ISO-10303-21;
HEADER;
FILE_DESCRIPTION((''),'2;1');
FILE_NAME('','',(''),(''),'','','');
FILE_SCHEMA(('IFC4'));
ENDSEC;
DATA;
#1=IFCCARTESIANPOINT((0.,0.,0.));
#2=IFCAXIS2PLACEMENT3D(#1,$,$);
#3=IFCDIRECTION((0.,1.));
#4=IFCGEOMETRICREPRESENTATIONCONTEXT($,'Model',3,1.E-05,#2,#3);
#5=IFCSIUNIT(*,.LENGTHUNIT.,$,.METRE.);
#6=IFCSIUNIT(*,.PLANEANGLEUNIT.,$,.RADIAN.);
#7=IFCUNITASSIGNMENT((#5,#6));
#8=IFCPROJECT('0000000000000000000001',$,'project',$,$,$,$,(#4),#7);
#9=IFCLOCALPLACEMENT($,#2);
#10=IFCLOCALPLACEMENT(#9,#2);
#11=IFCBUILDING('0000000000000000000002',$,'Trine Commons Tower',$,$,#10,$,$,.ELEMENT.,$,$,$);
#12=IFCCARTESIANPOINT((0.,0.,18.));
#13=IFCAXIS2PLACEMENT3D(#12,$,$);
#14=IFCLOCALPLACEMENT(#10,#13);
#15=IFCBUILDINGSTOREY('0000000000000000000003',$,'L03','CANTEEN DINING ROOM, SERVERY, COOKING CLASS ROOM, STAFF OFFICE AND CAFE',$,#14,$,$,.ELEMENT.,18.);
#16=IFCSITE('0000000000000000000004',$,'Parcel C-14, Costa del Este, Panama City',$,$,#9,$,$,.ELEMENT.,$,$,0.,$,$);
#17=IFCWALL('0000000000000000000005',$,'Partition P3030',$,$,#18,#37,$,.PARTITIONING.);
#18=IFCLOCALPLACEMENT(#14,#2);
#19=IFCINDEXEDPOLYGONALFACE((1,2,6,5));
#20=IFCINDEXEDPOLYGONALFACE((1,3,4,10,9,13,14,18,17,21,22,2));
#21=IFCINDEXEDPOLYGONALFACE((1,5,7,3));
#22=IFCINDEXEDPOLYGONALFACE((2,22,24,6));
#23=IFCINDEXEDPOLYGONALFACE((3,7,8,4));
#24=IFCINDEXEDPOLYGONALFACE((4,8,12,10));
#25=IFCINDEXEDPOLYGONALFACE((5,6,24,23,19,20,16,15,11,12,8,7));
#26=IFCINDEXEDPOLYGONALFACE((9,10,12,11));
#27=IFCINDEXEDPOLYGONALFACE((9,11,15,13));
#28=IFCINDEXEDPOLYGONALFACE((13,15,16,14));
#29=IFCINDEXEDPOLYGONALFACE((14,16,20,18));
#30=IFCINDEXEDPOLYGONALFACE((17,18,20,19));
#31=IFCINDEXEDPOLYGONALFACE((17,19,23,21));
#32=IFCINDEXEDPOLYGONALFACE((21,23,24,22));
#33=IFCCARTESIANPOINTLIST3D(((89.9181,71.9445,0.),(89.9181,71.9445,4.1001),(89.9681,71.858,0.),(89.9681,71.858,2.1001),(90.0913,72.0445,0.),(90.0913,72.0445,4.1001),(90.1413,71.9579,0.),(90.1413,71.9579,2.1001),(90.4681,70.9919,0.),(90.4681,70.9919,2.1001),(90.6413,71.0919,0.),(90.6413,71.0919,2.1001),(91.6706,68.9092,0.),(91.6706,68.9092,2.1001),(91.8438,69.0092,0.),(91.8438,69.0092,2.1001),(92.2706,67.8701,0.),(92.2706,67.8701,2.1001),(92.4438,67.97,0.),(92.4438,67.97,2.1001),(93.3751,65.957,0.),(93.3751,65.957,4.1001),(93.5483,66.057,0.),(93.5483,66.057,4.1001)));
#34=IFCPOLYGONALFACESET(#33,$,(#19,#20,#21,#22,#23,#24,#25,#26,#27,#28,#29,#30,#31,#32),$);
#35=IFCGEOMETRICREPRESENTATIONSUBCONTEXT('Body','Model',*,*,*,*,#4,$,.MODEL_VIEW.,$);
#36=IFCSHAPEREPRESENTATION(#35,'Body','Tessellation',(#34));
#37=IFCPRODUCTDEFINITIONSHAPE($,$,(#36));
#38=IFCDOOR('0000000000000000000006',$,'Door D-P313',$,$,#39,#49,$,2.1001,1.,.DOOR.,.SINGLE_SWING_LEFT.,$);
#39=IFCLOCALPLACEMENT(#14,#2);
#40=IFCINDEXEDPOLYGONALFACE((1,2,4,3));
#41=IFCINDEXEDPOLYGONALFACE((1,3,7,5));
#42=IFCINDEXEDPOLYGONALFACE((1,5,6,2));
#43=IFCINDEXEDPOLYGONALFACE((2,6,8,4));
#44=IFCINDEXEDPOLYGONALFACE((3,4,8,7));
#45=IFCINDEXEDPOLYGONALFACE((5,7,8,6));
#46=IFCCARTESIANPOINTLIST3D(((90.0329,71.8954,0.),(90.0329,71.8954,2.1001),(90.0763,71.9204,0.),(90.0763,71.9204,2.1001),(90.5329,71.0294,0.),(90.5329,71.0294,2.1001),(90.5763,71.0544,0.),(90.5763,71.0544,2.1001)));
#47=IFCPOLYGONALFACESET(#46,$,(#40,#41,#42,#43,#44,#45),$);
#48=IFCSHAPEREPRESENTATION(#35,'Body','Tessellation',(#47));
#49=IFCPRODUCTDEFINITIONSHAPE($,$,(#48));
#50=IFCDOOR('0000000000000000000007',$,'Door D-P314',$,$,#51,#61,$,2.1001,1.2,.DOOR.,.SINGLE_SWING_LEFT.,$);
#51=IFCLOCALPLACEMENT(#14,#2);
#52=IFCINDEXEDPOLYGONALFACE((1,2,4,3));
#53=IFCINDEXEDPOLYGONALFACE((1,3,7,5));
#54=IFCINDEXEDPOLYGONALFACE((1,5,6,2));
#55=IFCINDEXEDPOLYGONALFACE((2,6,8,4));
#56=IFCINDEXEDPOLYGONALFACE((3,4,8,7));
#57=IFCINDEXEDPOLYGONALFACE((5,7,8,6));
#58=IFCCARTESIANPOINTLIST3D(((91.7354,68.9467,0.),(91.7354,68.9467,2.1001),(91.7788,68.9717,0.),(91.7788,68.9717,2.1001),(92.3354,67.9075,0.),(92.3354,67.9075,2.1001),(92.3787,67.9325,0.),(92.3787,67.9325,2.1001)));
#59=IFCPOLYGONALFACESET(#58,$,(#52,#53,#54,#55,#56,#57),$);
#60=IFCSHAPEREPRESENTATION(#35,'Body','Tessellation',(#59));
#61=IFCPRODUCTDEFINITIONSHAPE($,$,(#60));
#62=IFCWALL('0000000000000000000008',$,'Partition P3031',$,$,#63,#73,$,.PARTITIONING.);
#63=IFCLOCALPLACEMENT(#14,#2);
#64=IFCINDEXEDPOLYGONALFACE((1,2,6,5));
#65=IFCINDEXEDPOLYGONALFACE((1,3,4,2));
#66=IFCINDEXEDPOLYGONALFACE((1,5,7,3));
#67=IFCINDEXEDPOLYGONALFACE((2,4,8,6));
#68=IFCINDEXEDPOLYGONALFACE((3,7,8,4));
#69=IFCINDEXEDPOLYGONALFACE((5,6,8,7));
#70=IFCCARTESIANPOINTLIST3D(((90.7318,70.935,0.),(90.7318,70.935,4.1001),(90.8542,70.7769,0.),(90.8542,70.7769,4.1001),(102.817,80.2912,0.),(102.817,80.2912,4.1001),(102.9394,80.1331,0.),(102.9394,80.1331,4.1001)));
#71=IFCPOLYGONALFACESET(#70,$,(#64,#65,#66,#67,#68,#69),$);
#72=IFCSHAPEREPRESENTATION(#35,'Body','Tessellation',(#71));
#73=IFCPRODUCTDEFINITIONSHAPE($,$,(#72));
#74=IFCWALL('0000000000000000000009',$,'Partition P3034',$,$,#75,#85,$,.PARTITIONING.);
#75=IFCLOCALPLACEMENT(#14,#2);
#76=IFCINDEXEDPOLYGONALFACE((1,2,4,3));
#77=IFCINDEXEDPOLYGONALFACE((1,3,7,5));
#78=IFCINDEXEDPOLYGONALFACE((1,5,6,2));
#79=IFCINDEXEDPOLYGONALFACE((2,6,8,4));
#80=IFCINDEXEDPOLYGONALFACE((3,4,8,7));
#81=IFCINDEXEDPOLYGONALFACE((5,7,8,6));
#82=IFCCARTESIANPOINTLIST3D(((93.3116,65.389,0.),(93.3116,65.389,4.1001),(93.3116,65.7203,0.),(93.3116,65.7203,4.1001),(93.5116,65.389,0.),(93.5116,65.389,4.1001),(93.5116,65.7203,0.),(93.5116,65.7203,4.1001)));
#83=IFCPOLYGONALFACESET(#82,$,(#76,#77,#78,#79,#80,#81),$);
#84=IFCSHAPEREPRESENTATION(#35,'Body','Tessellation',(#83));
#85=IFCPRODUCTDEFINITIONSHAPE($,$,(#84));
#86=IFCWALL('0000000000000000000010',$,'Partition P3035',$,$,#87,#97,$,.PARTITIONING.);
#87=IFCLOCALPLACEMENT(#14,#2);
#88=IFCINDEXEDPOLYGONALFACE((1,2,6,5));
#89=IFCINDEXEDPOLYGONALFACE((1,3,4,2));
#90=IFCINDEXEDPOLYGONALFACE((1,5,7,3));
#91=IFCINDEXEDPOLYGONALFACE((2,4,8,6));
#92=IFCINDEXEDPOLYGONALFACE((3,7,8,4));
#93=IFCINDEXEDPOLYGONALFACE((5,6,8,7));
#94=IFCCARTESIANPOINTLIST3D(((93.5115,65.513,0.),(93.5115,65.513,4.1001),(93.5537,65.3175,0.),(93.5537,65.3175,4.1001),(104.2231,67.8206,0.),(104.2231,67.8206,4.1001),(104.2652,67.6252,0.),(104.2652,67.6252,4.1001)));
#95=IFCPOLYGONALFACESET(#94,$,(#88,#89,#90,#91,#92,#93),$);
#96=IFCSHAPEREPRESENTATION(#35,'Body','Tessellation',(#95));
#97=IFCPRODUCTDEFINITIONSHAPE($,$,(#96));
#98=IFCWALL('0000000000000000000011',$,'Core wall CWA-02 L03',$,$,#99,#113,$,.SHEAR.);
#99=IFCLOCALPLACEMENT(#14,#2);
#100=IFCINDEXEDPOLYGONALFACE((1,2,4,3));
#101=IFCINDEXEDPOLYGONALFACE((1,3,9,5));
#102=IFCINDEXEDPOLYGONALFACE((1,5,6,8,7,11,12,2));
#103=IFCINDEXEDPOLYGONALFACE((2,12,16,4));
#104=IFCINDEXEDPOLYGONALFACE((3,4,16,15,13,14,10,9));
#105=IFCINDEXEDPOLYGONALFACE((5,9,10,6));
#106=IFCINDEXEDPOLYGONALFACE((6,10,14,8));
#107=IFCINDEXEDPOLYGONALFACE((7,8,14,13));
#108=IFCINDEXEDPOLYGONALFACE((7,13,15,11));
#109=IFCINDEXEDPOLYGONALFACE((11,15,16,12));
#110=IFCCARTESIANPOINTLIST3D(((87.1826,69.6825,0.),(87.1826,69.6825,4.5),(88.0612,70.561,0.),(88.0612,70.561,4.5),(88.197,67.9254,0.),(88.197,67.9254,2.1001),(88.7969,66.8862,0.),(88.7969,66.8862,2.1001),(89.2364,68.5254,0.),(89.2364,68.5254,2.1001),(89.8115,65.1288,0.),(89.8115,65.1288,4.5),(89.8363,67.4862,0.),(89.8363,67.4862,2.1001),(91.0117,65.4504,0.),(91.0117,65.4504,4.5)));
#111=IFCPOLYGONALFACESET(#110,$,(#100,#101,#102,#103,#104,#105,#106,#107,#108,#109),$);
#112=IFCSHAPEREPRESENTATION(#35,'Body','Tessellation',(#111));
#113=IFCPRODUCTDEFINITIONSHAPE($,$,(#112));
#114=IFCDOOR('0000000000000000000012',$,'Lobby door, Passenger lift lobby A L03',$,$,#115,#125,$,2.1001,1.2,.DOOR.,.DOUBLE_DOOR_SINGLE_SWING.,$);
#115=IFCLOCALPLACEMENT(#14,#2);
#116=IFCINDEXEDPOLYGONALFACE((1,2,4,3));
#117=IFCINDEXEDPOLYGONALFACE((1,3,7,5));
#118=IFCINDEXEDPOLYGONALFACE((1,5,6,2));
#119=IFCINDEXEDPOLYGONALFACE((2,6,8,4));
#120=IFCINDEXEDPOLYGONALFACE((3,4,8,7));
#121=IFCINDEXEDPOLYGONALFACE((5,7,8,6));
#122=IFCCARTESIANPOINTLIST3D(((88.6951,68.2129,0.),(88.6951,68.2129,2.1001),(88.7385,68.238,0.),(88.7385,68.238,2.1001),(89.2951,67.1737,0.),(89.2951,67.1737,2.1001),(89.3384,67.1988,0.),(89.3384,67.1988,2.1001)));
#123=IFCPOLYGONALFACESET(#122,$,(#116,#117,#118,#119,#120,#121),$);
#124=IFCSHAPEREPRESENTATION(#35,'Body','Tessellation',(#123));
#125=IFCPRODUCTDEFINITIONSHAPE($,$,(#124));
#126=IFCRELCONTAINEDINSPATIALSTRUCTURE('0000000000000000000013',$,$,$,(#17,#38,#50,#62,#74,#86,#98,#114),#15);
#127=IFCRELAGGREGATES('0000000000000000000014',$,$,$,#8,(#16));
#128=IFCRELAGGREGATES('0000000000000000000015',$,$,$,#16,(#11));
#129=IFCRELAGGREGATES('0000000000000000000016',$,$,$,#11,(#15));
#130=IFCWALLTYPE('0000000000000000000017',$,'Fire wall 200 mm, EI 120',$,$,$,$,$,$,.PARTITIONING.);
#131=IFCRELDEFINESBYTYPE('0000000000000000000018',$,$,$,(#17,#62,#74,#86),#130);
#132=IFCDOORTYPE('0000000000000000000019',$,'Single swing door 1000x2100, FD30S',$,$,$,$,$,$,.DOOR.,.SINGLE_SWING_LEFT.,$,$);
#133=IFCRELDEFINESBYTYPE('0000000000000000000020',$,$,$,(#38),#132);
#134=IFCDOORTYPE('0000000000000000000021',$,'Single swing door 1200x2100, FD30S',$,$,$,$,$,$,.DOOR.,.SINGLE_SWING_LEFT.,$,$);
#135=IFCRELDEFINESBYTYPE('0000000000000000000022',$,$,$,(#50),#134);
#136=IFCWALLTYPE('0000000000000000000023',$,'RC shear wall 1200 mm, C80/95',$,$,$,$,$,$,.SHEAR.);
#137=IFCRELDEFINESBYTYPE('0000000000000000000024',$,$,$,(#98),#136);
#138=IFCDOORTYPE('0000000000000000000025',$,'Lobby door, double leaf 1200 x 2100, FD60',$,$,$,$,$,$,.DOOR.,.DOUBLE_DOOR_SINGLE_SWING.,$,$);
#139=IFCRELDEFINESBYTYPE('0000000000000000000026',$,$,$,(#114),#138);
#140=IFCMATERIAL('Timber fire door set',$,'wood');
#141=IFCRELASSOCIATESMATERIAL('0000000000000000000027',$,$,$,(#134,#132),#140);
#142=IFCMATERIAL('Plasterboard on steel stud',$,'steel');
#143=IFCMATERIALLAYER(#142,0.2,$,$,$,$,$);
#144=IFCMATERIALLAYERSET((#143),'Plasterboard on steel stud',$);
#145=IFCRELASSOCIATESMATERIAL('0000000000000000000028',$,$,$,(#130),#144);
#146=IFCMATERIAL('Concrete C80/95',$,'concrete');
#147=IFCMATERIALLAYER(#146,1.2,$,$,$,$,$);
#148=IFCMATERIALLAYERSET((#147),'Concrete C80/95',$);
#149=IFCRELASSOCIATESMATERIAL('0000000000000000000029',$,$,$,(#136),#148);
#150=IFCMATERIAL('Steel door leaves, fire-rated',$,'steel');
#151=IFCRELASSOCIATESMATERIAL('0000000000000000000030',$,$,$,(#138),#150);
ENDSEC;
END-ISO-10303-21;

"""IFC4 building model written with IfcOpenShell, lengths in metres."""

from ifc_helpers import new_model, si_unit, direction, frame, frame_2d, origin, place, context, subcontext, project, spatial, polyline, rectangle, outline, extrude, material, layer, layer_set, type_object, element, fill, save


model = new_model("IFC4")

# Units and contexts
model_context = context("Model", 3, precision=1e-05, world=origin(), true_north=direction((0.0, 1.0)))
body_context = subcontext(model_context, "Body", "Model", "MODEL_VIEW")
ifc_project = project(units=[si_unit("LENGTHUNIT", "METRE"), si_unit("PLANEANGLEUNIT", "RADIAN")], contexts=[model_context])

# Site, building, storey
site_placement = place(None, origin())
site = spatial("IfcSite", under=ifc_project, at=site_placement, Name="Parcel C-14, Costa del Este, Panama City", CompositionType="ELEMENT", RefElevation=0.0)
building_placement = place(site_placement, origin())
building = spatial("IfcBuilding", under=site, at=building_placement, Name="Trine Commons Tower", CompositionType="ELEMENT")
storey_placement = place(building_placement, frame((0.0, 0.0, 18.0)))
storey = spatial("IfcBuildingStorey", under=building, at=storey_placement, Name="L03", Description="CANTEEN DINING ROOM, SERVERY, COOKING CLASS ROOM, STAFF OFFICE AND CAFE", CompositionType="ELEMENT", Elevation=18.0)

# Shared definitions
ifc_material_1 = material(Name="Concrete C80/95", Category="concrete")

# Shared definitions
ifc_material_2 = material(Name="Plasterboard on steel stud", Category="steel")
ifc_material_3 = material(Name="Timber fire door set", Category="wood")
door_type_1 = type_object("IfcDoorType", Name="Single swing door 1200x2100, FD30S", OperationType="SINGLE_SWING_LEFT", PredefinedType="DOOR", material=ifc_material_3)

# Shared definitions
ifc_layer_1 = layer(ifc_material_2, 0.2)
ifc_layer_set_1 = layer_set([ifc_layer_1], Name="Plasterboard on steel stud")
wall_type_1 = type_object("IfcWallType", Name="Fire wall 200 mm, EI 120", PredefinedType="PARTITIONING", material=ifc_layer_set_1)

# Wall, openings, doors
wall_1_placement = place(storey_placement, frame((90.0046, 71.9946, 0.0), z_axis=(0.0, 0.0, 1.0), x_axis=(0.500013, -0.866018, 0.0)))
wall_1 = element("IfcWall", 1, at=wall_1_placement, inside=storey, type_object=wall_type_1, Name="Partition P3030", PredefinedType="PARTITIONING", context=body_context, shape_type="SweptSolid", body=[
    extrude(rectangle(XDim=6.9138, YDim=0.2, at=frame_2d((3.457, 0.0))), origin(), (0.0, 0.0, 1.0), 4.1001),
])
opening_1_placement = place(wall_1_placement, frame((0.1001, 0.0, 0.0)))
opening_1 = element("IfcOpeningElement", 2, at=opening_1_placement, cuts=wall_1, PredefinedType="OPENING", context=body_context, shape_type="SweptSolid", body=[
    extrude(rectangle(XDim=1.0, YDim=2.1001, at=frame_2d((0.5, 1.05))), frame((0.0, 0.1099, 0.0), z_axis=(0.0, -1.0, 0.0), x_axis=(1.0, 0.0, 0.0)), (0.0, 0.0, 1.0), 0.22),
])
opening_2_placement = place(wall_1_placement, frame((3.5049, 0.0, 0.0)))
opening_2 = element("IfcOpeningElement", 3, at=opening_2_placement, cuts=wall_1, PredefinedType="OPENING", context=body_context, shape_type="SweptSolid", body=[
    extrude(rectangle(XDim=1.2, YDim=2.1001, at=frame_2d((0.6001, 1.05))), frame((0.0, 0.1099, 0.0), z_axis=(0.0, -1.0, 0.0), x_axis=(1.0, 0.0, 0.0)), (0.0, 0.0, 1.0), 0.22),
])
door_type_2 = type_object("IfcDoorType", Name="Single swing door 1000x2100, FD30S", OperationType="SINGLE_SWING_LEFT", PredefinedType="DOOR", material=ifc_material_3)
door_1_placement = place(opening_1_placement, origin())
door_1 = element("IfcDoor", 4, at=door_1_placement, inside=storey, type_object=door_type_2, Name="Door D-P313", OperationType="SINGLE_SWING_LEFT", OverallHeight=2.1001, OverallWidth=1.0, PredefinedType="DOOR", context=body_context, shape_type="SweptSolid", body=[
    extrude(rectangle(XDim=1.0, YDim=2.1001, at=frame_2d((0.5, 1.05))), frame((0.0, 0.0249, 0.0), z_axis=(0.0, -1.0, 0.0), x_axis=(1.0, 0.0, 0.0)), (0.0, 0.0, 1.0), 0.05),
])
fill(opening_1, door_1)
door_2_placement = place(opening_2_placement, origin())
door_2 = element("IfcDoor", 5, at=door_2_placement, inside=storey, type_object=door_type_1, Name="Door D-P314", OperationType="SINGLE_SWING_LEFT", OverallHeight=2.1001, OverallWidth=1.2, PredefinedType="DOOR", context=body_context, shape_type="SweptSolid", body=[
    extrude(rectangle(XDim=1.2, YDim=2.1001, at=frame_2d((0.6001, 1.05))), frame((0.0, 0.0249, 0.0), z_axis=(0.0, -1.0, 0.0), x_axis=(1.0, 0.0, 0.0)), (0.0, 0.0, 1.0), 0.05),
])
fill(opening_2, door_2)

# Walls
wall_2_placement = place(storey_placement, frame((90.793, 70.856, 0.0), z_axis=(0.0, 0.0, 1.0), x_axis=(0.790726, 0.61217, 0.0)))
element("IfcWall", 6, at=wall_2_placement, inside=storey, type_object=wall_type_1, Name="Partition P3031", PredefinedType="PARTITIONING", context=body_context, shape_type="SweptSolid", body=[
    extrude(rectangle(XDim=15.2837, YDim=0.2, at=frame_2d((7.6418, 0.0))), origin(), (0.0, 0.0, 1.0), 4.1001),
])
wall_3_placement = place(storey_placement, frame((93.4116, 65.3892, 0.0), z_axis=(0.0, 0.0, 1.0), x_axis=(0.0, 1.0, 0.0)))
element("IfcWall", 7, at=wall_3_placement, inside=storey, type_object=wall_type_1, Name="Partition P3034", PredefinedType="PARTITIONING", context=body_context, shape_type="SweptSolid", body=[
    extrude(rectangle(XDim=0.3313, YDim=0.2, at=frame_2d((0.1655, 0.0))), origin(), (0.0, 0.0, 1.0), 4.1001),
])
wall_4_placement = place(storey_placement, frame((93.5327, 65.4153, 0.0), z_axis=(0.0, 0.0, 1.0), x_axis=(0.977572, 0.210603, 0.0)))
element("IfcWall", 8, at=wall_4_placement, inside=storey, type_object=wall_type_1, Name="Partition P3035", PredefinedType="PARTITIONING", context=body_context, shape_type="SweptSolid", body=[
    extrude(rectangle(XDim=10.9573, YDim=0.2, at=frame_2d((5.4785, 0.0))), origin(), (0.0, 0.0, 1.0), 4.1001),
])

# Wall, opening, door
ifc_layer_2 = layer(ifc_material_1, 1.2)
ifc_layer_set_2 = layer_set([ifc_layer_2], Name="Concrete C80/95")
wall_type_2 = type_object("IfcWallType", Name="RC shear wall 1200 mm, C80/95", PredefinedType="SHEAR", material=ifc_layer_set_2)
wall_5_placement = place(storey_placement, frame((90.4919, 65.1504, 0.0), z_axis=(0.0, 0.0, 1.0), x_axis=(-0.499979, 0.866037, 0.0)))
wall_5 = element("IfcWall", 9, at=wall_5_placement, inside=storey, type_object=wall_type_2, Name="Core wall CWA-02 L03", PredefinedType="SHEAR", context=body_context, shape_type="SweptSolid", body=[
    extrude(outline(polyline([(0.0, -0.6001), (5.9011, -0.6001), (5.5796, 0.6001), (0.3215, 0.6001), (0.0, -0.6001)])), origin(), (0.0, 0.0, 1.0), 4.5),
])
opening_3_placement = place(wall_5_placement, frame((2.3506, 0.0, 0.0)))
opening_3 = element("IfcOpeningElement", 10, at=opening_3_placement, cuts=wall_5, PredefinedType="OPENING", context=body_context, shape_type="SweptSolid", body=[
    extrude(rectangle(XDim=1.2, YDim=2.1001, at=frame_2d((0.6001, 1.05))), frame((0.0, 0.6099, 0.0), z_axis=(0.0, -1.0, 0.0), x_axis=(1.0, 0.0, 0.0)), (0.0, 0.0, 1.0), 1.22),
])
ifc_material_4 = material(Name="Steel door leaves, fire-rated", Category="steel")
door_type_3 = type_object("IfcDoorType", Name="Lobby door, double leaf 1200 x 2100, FD60", OperationType="DOUBLE_DOOR_SINGLE_SWING", PredefinedType="DOOR", material=ifc_material_4)
door_3_placement = place(opening_3_placement, origin())
door_3 = element("IfcDoor", 11, at=door_3_placement, inside=storey, type_object=door_type_3, Name="Lobby door, Passenger lift lobby A L03", OperationType="DOUBLE_DOOR_SINGLE_SWING", OverallHeight=2.1001, OverallWidth=1.2, PredefinedType="DOOR", context=body_context, shape_type="SweptSolid", body=[
    extrude(rectangle(XDim=1.2, YDim=2.1001, at=frame_2d((0.6001, 1.05))), frame((0.0, 0.0249, 0.0), z_axis=(0.0, -1.0, 0.0), x_axis=(1.0, 0.0, 0.0)), (0.0, 0.0, 1.0), 0.05),
])
fill(opening_3, door_3)

save(model, "model.ifc")
